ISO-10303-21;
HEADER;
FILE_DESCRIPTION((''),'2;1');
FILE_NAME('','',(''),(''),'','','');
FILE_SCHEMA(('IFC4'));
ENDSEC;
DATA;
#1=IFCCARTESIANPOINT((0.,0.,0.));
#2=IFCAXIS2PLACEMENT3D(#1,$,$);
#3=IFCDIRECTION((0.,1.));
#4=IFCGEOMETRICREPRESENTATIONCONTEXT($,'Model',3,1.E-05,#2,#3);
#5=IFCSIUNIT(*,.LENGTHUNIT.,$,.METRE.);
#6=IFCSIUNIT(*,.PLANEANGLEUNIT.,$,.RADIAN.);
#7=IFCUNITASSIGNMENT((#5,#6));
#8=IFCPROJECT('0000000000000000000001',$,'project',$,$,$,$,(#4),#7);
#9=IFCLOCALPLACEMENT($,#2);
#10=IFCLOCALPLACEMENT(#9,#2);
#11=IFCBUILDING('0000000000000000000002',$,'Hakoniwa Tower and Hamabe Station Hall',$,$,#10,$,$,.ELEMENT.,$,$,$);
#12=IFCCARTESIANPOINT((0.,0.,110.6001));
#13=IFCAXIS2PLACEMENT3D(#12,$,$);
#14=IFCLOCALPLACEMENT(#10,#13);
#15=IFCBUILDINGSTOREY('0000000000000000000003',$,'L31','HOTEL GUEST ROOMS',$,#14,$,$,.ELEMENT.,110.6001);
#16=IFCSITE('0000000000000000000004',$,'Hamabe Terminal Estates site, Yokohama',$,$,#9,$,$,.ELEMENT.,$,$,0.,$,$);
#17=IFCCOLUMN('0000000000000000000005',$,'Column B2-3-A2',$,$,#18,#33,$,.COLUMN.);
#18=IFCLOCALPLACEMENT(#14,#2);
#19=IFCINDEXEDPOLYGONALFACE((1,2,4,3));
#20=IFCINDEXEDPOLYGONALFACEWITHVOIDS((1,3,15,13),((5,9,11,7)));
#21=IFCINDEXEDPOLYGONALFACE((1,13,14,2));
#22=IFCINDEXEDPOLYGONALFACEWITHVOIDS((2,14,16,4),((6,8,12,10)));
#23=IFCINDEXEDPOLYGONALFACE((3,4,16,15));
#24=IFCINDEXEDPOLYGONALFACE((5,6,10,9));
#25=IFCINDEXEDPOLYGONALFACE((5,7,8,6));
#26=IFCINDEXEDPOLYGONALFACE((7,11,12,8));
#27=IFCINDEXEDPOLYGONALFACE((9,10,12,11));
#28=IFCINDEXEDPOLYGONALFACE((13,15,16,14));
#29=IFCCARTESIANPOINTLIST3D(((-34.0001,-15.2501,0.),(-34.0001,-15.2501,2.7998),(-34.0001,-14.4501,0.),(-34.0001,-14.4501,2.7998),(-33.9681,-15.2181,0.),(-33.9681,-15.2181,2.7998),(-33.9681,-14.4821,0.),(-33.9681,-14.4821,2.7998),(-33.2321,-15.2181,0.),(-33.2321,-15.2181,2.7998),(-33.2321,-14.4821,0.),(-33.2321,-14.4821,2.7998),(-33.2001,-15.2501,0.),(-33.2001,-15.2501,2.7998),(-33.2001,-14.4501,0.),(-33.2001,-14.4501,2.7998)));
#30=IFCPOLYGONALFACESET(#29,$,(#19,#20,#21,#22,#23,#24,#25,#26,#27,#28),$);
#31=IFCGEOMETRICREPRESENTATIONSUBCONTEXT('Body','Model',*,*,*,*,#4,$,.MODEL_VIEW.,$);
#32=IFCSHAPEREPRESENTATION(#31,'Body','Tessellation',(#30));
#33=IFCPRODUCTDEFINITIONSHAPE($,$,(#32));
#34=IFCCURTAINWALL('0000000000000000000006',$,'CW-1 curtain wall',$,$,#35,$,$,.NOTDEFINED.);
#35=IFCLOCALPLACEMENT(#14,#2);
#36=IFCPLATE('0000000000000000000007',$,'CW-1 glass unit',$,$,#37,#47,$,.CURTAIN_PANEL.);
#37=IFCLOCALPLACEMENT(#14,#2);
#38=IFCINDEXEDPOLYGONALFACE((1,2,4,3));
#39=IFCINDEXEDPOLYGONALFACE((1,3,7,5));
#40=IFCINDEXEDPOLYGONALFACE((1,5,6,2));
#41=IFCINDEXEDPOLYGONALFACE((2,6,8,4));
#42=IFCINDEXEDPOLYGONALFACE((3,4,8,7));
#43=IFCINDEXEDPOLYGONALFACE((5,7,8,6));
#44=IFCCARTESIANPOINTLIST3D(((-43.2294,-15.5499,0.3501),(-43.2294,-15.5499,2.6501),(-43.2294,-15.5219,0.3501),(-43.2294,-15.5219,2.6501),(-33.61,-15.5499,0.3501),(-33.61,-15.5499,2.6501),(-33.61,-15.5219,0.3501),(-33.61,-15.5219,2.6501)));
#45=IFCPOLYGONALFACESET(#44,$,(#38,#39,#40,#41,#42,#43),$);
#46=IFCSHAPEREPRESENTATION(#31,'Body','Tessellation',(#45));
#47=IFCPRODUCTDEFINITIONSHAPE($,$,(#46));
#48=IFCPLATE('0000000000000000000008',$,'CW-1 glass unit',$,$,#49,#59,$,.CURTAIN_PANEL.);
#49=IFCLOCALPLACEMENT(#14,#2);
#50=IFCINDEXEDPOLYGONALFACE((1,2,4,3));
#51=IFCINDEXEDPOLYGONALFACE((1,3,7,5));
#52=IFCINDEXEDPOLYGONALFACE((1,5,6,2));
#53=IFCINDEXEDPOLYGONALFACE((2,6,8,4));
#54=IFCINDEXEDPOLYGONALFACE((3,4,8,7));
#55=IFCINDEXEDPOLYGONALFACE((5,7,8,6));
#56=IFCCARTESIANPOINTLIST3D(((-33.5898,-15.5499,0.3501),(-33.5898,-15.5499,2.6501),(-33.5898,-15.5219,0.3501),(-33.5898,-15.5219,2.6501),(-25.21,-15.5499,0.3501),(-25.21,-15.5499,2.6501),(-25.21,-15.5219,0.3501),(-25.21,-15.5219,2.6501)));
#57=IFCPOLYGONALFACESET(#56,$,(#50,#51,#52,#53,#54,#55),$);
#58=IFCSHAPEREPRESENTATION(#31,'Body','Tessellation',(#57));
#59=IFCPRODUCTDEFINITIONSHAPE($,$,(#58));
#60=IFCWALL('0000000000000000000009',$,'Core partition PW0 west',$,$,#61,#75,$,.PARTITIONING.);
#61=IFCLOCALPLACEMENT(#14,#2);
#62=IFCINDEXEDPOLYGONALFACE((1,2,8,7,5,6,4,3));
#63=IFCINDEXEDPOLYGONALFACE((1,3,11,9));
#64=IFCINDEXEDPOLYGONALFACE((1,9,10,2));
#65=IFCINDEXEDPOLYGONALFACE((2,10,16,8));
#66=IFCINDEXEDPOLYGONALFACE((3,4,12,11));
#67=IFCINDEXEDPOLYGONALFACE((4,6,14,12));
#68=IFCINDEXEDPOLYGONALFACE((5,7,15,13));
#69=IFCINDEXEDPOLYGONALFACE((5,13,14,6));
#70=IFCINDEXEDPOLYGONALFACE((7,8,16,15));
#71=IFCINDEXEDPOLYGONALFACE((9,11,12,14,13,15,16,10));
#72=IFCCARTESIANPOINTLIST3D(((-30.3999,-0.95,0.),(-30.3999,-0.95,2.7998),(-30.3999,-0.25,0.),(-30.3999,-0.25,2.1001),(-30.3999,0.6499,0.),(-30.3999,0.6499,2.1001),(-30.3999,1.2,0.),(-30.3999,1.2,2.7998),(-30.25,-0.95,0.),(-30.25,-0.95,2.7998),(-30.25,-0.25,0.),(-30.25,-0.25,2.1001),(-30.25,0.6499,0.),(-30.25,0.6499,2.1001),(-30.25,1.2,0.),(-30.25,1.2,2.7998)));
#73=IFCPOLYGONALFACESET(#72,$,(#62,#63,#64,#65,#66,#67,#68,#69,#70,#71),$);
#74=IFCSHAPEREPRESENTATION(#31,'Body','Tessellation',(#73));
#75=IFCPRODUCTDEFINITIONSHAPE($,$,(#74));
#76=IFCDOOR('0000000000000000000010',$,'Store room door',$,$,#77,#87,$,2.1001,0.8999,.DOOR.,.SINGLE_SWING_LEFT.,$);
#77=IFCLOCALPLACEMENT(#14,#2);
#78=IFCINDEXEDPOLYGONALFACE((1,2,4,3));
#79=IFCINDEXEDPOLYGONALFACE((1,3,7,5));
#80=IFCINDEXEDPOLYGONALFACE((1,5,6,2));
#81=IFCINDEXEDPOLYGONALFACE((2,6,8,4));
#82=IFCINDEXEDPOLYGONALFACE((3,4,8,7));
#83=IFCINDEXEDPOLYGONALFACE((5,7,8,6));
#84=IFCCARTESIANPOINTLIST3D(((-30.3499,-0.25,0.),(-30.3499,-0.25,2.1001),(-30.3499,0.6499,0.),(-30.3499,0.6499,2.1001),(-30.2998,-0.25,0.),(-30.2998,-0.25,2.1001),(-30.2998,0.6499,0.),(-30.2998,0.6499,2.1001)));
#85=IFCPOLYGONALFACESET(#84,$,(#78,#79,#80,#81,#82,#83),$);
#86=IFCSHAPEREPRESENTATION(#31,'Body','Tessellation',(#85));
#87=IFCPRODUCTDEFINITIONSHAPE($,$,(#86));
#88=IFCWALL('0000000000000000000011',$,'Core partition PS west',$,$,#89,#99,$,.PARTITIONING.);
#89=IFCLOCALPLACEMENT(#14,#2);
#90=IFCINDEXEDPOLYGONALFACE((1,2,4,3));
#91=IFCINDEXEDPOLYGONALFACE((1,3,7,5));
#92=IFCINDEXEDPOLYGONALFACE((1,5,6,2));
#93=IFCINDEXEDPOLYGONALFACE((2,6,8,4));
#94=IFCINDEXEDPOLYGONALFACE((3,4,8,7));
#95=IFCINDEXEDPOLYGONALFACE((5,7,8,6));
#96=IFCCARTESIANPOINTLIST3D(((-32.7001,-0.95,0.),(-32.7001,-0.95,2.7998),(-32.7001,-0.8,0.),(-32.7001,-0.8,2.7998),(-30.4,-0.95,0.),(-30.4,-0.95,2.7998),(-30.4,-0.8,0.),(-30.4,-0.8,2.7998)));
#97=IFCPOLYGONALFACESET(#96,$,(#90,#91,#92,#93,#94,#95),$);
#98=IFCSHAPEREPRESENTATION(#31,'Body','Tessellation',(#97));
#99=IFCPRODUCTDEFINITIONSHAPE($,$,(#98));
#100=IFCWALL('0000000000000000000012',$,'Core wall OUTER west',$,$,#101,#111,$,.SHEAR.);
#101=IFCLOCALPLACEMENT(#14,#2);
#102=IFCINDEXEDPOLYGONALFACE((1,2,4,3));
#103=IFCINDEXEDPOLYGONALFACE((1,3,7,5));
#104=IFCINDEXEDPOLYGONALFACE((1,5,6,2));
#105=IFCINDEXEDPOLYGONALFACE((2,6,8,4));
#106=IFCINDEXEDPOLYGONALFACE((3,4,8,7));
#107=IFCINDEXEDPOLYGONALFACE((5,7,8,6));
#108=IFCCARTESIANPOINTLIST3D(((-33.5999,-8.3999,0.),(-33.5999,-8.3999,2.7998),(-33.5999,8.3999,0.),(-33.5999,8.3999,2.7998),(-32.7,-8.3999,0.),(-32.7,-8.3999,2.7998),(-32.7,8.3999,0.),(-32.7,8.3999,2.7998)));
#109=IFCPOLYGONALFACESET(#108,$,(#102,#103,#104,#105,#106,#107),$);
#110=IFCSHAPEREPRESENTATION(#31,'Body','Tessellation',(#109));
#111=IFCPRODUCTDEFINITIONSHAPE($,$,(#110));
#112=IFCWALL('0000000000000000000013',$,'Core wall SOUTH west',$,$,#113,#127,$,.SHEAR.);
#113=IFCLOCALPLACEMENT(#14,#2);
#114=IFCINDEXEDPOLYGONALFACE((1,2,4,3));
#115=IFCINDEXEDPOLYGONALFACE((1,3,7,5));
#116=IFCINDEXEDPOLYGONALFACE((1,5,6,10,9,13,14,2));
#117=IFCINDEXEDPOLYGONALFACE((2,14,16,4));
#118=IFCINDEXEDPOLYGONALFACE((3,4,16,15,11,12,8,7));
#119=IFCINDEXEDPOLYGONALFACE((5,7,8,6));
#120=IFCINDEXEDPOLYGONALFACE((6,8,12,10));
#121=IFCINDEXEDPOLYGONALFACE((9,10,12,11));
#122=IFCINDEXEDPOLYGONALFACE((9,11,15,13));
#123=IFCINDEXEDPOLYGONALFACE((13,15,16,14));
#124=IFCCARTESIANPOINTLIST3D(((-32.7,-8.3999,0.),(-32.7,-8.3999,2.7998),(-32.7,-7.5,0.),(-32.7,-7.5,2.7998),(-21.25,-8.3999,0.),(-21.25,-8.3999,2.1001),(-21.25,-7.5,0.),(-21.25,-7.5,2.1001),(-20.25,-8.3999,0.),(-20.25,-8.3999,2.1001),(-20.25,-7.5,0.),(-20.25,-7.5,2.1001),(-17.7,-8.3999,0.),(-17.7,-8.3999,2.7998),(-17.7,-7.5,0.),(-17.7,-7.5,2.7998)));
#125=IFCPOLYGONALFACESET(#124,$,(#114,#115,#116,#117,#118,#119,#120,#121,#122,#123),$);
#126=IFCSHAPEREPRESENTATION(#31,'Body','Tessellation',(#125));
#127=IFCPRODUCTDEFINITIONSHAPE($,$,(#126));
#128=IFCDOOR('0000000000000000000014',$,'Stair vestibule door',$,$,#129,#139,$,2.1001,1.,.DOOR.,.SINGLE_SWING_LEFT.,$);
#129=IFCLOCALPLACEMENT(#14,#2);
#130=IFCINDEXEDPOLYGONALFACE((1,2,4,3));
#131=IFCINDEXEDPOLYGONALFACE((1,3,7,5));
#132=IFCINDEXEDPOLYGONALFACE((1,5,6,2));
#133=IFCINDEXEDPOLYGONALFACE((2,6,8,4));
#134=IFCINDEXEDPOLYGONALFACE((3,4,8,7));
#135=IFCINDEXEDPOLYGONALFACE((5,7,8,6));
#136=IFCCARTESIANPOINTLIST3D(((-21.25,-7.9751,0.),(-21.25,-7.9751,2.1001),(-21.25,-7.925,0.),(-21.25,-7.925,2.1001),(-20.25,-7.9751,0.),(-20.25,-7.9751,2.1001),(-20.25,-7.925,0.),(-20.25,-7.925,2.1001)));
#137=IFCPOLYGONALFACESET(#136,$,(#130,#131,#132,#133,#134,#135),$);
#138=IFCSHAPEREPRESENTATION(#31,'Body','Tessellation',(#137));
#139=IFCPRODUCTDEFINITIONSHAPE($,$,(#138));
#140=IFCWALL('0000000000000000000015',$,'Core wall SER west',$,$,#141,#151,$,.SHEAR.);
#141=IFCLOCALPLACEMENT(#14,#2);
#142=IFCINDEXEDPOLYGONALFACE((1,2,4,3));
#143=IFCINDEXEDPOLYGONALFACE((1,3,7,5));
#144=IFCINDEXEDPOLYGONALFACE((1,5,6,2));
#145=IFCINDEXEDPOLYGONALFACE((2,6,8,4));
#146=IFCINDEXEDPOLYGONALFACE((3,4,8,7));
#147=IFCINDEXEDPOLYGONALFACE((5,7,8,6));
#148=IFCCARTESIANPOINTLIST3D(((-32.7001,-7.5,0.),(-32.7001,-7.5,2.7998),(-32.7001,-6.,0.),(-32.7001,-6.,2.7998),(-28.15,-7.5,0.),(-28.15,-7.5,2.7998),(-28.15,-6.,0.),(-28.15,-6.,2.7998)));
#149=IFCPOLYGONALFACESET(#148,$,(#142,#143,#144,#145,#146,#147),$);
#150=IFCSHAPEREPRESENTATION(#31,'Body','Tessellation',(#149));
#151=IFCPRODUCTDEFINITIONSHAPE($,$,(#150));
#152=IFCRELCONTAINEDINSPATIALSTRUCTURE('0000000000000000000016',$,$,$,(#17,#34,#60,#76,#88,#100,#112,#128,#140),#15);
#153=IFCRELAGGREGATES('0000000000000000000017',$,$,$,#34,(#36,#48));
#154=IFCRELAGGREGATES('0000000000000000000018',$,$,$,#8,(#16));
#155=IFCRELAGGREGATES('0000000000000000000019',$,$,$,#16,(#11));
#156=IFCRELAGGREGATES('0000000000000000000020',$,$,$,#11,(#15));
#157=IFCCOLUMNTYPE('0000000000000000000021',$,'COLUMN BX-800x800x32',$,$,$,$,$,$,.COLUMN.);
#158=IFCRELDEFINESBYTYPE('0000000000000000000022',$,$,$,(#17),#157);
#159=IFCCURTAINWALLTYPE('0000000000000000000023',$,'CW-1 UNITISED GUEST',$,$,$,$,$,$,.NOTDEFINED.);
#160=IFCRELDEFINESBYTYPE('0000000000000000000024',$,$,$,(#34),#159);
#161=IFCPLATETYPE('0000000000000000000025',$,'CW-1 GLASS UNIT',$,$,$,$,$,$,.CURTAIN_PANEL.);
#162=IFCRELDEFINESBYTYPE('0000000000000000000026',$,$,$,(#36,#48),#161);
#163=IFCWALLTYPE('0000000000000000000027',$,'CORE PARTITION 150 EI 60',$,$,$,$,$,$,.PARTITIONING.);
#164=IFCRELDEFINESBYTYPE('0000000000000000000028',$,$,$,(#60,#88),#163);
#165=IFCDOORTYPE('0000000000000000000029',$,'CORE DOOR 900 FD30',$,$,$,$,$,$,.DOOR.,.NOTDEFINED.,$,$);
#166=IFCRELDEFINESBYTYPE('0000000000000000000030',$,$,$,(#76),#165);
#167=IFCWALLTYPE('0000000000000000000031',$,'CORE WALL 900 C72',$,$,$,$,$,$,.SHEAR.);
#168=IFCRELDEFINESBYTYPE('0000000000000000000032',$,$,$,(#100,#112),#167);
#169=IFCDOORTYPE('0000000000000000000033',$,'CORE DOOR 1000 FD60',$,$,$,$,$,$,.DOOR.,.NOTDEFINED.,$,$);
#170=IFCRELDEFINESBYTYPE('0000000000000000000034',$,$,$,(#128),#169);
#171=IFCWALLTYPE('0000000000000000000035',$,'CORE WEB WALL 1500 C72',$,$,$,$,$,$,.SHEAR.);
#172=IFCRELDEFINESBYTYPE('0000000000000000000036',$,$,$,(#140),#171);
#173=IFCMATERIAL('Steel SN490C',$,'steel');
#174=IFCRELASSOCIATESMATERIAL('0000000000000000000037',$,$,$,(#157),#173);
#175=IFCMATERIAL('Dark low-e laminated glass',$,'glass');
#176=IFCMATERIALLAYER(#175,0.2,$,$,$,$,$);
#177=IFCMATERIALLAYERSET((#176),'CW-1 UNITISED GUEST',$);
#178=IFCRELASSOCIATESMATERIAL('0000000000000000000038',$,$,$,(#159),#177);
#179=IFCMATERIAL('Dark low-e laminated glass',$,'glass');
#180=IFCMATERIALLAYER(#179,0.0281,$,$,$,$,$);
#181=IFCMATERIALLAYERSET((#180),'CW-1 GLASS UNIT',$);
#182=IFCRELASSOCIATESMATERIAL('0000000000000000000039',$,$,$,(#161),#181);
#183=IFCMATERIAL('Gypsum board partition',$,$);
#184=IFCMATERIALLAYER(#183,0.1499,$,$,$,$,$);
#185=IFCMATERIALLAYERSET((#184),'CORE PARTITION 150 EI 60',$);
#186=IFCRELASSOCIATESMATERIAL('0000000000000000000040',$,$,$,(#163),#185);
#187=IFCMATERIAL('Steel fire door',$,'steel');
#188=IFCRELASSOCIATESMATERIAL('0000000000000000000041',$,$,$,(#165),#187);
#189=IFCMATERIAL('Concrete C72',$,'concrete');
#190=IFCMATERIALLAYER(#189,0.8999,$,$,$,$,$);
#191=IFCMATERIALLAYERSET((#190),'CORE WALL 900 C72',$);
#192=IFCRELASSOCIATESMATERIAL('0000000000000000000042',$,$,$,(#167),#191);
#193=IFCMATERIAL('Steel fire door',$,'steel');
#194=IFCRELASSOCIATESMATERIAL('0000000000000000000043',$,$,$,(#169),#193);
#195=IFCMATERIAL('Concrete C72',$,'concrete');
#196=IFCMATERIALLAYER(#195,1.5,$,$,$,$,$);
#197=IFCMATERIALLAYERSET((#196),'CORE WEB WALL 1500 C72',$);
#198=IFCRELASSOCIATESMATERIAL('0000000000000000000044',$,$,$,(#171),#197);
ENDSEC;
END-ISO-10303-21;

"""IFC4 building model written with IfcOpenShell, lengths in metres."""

from ifc_helpers import new_model, si_unit, direction, frame, frame_2d, origin, origin_2d, place, context, subcontext, project, spatial, rectangle, hollow_rectangle, extrude, material, layer, layer_set, material_profile, profile_set, type_object, element, fill, aggregate, save


model = new_model("IFC4")

# Units and contexts
model_context = context("Model", 3, precision=1e-05, world=origin(), true_north=direction((0.0, 1.0)))
body_context = subcontext(model_context, "Body", "Model", "MODEL_VIEW")
ifc_project = project(units=[si_unit("LENGTHUNIT", "METRE"), si_unit("PLANEANGLEUNIT", "RADIAN")], contexts=[model_context])

# Site, building, storey
site_placement = place(None, origin())
site = spatial("IfcSite", under=ifc_project, at=site_placement, Name="Hamabe Terminal Estates site, Yokohama", CompositionType="ELEMENT", RefElevation=0.0)
building_placement = place(site_placement, origin())
building = spatial("IfcBuilding", under=site, at=building_placement, Name="Hakoniwa Tower and Hamabe Station Hall", CompositionType="ELEMENT")
storey_placement = place(building_placement, frame((0.0, 0.0, 110.6001)))
storey = spatial("IfcBuildingStorey", under=building, at=storey_placement, Name="L31", Description="HOTEL GUEST ROOMS", CompositionType="ELEMENT", Elevation=110.6001)

# Column
ifc_material_1 = material(Name="Steel SN490C", Category="steel")
ifc_material_profile = material_profile(ifc_material_1, hollow_rectangle(XDim=0.8, YDim=0.8, WallThickness=0.032, at=origin_2d()), Name="BX-800x800x32")
ifc_profile_set = profile_set([ifc_material_profile], Name="Steel SN490C")
column_type = type_object("IfcColumnType", Name="COLUMN BX-800x800x32", PredefinedType="COLUMN", material=ifc_profile_set)
column_placement = place(storey_placement, frame((-33.6001, -14.8501, 0.0), z_axis=(0.0, 0.0, 1.0), x_axis=(1.0, 0.0, 0.0)))
element("IfcColumn", 1, at=column_placement, inside=storey, type_object=column_type, Name="Column B2-3-A2", PredefinedType="COLUMN", context=body_context, shape_type="SweptSolid", body=[
    extrude(hollow_rectangle(XDim=0.8, YDim=0.8, WallThickness=0.032, at=origin_2d()), origin(), (0.0, 0.0, 1.0), 2.7998),
])

# Curtain wall, plates
ifc_material_2 = material(Name="Dark low-e laminated glass", Category="glass")
ifc_layer_1 = layer(ifc_material_2, 0.2)
ifc_layer_set_1 = layer_set([ifc_layer_1], Name="CW-1 UNITISED GUEST")
curtain_wall_type = type_object("IfcCurtainWallType", Name="CW-1 UNITISED GUEST", PredefinedType="NOTDEFINED", material=ifc_layer_set_1)
curtain_wall_placement = place(storey_placement, origin())
curtain_wall = element("IfcCurtainWall", 2, at=curtain_wall_placement, inside=storey, type_object=curtain_wall_type, Name="CW-1 curtain wall", PredefinedType="NOTDEFINED")
ifc_material_3 = material(Name="Dark low-e laminated glass", Category="glass")
ifc_layer_2 = layer(ifc_material_3, 0.0281)
ifc_layer_set_2 = layer_set([ifc_layer_2], Name="CW-1 GLASS UNIT")
plate_type = type_object("IfcPlateType", Name="CW-1 GLASS UNIT", PredefinedType="CURTAIN_PANEL", material=ifc_layer_set_2)
plate_1_placement = place(storey_placement, frame((-38.4197, -15.5359, 0.3501), z_axis=(0.0, 0.0, 1.0), x_axis=(1.0, 0.0, 0.0)))
plate_1 = element("IfcPlate", 3, at=plate_1_placement, type_object=plate_type, Name="CW-1 glass unit", PredefinedType="CURTAIN_PANEL", context=body_context, shape_type="SweptSolid", body=[
    extrude(rectangle(XDim=9.6194, YDim=0.0281, at=origin_2d()), origin(), (0.0, 0.0, 1.0), 2.3),
])
plate_2_placement = place(storey_placement, frame((-29.3999, -15.5359, 0.3501), z_axis=(0.0, 0.0, 1.0), x_axis=(1.0, 0.0, 0.0)))
plate_2 = element("IfcPlate", 4, at=plate_2_placement, type_object=plate_type, Name="CW-1 glass unit", PredefinedType="CURTAIN_PANEL", context=body_context, shape_type="SweptSolid", body=[
    extrude(rectangle(XDim=8.3799, YDim=0.0281, at=origin_2d()), origin(), (0.0, 0.0, 1.0), 2.3),
])
aggregate(curtain_wall, [plate_1, plate_2])

# Wall, opening, door
ifc_material_4 = material(Name="Gypsum board partition")
ifc_layer_3 = layer(ifc_material_4, 0.1499)
ifc_layer_set_3 = layer_set([ifc_layer_3], Name="CORE PARTITION 150 EI 60")
wall_type_1 = type_object("IfcWallType", Name="CORE PARTITION 150 EI 60", PredefinedType="PARTITIONING", material=ifc_layer_set_3)
wall_1_placement = place(storey_placement, frame((-30.325, -0.95, 0.0), z_axis=(0.0, 0.0, 1.0), x_axis=(0.0, 1.0, 0.0)))
wall_1 = element("IfcWall", 5, at=wall_1_placement, inside=storey, type_object=wall_type_1, Name="Core partition PW0 west", PredefinedType="PARTITIONING", context=body_context, shape_type="SweptSolid", body=[
    extrude(rectangle(XDim=2.1499, YDim=0.1499, at=frame_2d((1.075, 0.0))), origin(), (0.0, 0.0, 1.0), 2.7998),
])
opening_1_placement = place(wall_1_placement, frame((0.7, 0.0, 0.0)))
opening_1 = element("IfcOpeningElement", 6, at=opening_1_placement, cuts=wall_1, PredefinedType="OPENING", context=body_context, shape_type="SweptSolid", body=[
    extrude(rectangle(XDim=0.8999, YDim=2.1001, at=frame_2d((0.45, 1.05))), frame((0.0, 0.085, 0.0), z_axis=(0.0, -1.0, 0.0), x_axis=(1.0, 0.0, 0.0)), (0.0, 0.0, 1.0), 0.1699),
])
ifc_material_5 = material(Name="Steel fire door", Category="steel")
door_type_1 = type_object("IfcDoorType", Name="CORE DOOR 900 FD30", OperationType="NOTDEFINED", PredefinedType="DOOR", material=ifc_material_5)
door_1_placement = place(opening_1_placement, origin())
door_1 = element("IfcDoor", 7, at=door_1_placement, inside=storey, type_object=door_type_1, Name="Store room door", OperationType="SINGLE_SWING_LEFT", OverallHeight=2.1001, OverallWidth=0.8999, PredefinedType="DOOR", context=body_context, shape_type="SweptSolid", body=[
    extrude(rectangle(XDim=0.8999, YDim=2.1001, at=frame_2d((0.45, 1.05))), frame((0.0, 0.0249, 0.0), z_axis=(0.0, -1.0, 0.0), x_axis=(1.0, 0.0, 0.0)), (0.0, 0.0, 1.0), 0.05),
])
fill(opening_1, door_1)

# Walls
wall_2_placement = place(storey_placement, frame((-32.7, -0.875, 0.0), z_axis=(0.0, 0.0, 1.0), x_axis=(1.0, 0.0, 0.0)))
element("IfcWall", 8, at=wall_2_placement, inside=storey, type_object=wall_type_1, Name="Core partition PS west", PredefinedType="PARTITIONING", context=body_context, shape_type="SweptSolid", body=[
    extrude(rectangle(XDim=2.3, YDim=0.1499, at=frame_2d((1.1499, 0.0))), origin(), (0.0, 0.0, 1.0), 2.7998),
])
ifc_material_6 = material(Name="Concrete C72", Category="concrete")
ifc_layer_4 = layer(ifc_material_6, 0.8999)
ifc_layer_set_4 = layer_set([ifc_layer_4], Name="CORE WALL 900 C72")
wall_type_2 = type_object("IfcWallType", Name="CORE WALL 900 C72", PredefinedType="SHEAR", material=ifc_layer_set_4)
wall_3_placement = place(storey_placement, frame((-33.1499, -8.3999, 0.0), z_axis=(0.0, 0.0, 1.0), x_axis=(0.0, 1.0, 0.0)))
element("IfcWall", 9, at=wall_3_placement, inside=storey, type_object=wall_type_2, Name="Core wall OUTER west", PredefinedType="SHEAR", context=body_context, shape_type="SweptSolid", body=[
    extrude(rectangle(XDim=16.7998, YDim=0.8999, at=frame_2d((8.3999, 0.0))), origin(), (0.0, 0.0, 1.0), 2.7998),
])

# Wall, opening, door
wall_4_placement = place(storey_placement, frame((-32.7, -7.95, 0.0), z_axis=(0.0, 0.0, 1.0), x_axis=(1.0, 0.0, 0.0)))
wall_4 = element("IfcWall", 10, at=wall_4_placement, inside=storey, type_object=wall_type_2, Name="Core wall SOUTH west", PredefinedType="SHEAR", context=body_context, shape_type="SweptSolid", body=[
    extrude(rectangle(XDim=15.0, YDim=0.8999, at=frame_2d((7.5, 0.0))), origin(), (0.0, 0.0, 1.0), 2.7998),
])
opening_2_placement = place(wall_4_placement, frame((11.45, 0.0, 0.0)))
opening_2 = element("IfcOpeningElement", 11, at=opening_2_placement, cuts=wall_4, PredefinedType="OPENING", context=body_context, shape_type="SweptSolid", body=[
    extrude(rectangle(XDim=1.0, YDim=2.1001, at=frame_2d((0.5, 1.05))), frame((0.0, 0.46, 0.0), z_axis=(0.0, -1.0, 0.0), x_axis=(1.0, 0.0, 0.0)), (0.0, 0.0, 1.0), 0.9199),
])
ifc_material_7 = material(Name="Steel fire door", Category="steel")
door_type_2 = type_object("IfcDoorType", Name="CORE DOOR 1000 FD60", OperationType="NOTDEFINED", PredefinedType="DOOR", material=ifc_material_7)
door_2_placement = place(opening_2_placement, origin())
door_2 = element("IfcDoor", 12, at=door_2_placement, inside=storey, type_object=door_type_2, Name="Stair vestibule door", OperationType="SINGLE_SWING_LEFT", OverallHeight=2.1001, OverallWidth=1.0, PredefinedType="DOOR", context=body_context, shape_type="SweptSolid", body=[
    extrude(rectangle(XDim=1.0, YDim=2.1001, at=frame_2d((0.5, 1.05))), frame((0.0, 0.0249, 0.0), z_axis=(0.0, -1.0, 0.0), x_axis=(1.0, 0.0, 0.0)), (0.0, 0.0, 1.0), 0.05),
])
fill(opening_2, door_2)

# Wall
ifc_material_8 = material(Name="Concrete C72", Category="concrete")
ifc_layer_5 = layer(ifc_material_8, 1.5)
ifc_layer_set_5 = layer_set([ifc_layer_5], Name="CORE WEB WALL 1500 C72")
wall_type_3 = type_object("IfcWallType", Name="CORE WEB WALL 1500 C72", PredefinedType="SHEAR", material=ifc_layer_set_5)
wall_5_placement = place(storey_placement, frame((-32.7, -6.75, 0.0), z_axis=(0.0, 0.0, 1.0), x_axis=(1.0, 0.0, 0.0)))
element("IfcWall", 13, at=wall_5_placement, inside=storey, type_object=wall_type_3, Name="Core wall SER west", PredefinedType="SHEAR", context=body_context, shape_type="SweptSolid", body=[
    extrude(rectangle(XDim=4.55, YDim=1.5, at=frame_2d((2.2749, 0.0))), origin(), (0.0, 0.0, 1.0), 2.7998),
])

save(model, "model.ifc")
